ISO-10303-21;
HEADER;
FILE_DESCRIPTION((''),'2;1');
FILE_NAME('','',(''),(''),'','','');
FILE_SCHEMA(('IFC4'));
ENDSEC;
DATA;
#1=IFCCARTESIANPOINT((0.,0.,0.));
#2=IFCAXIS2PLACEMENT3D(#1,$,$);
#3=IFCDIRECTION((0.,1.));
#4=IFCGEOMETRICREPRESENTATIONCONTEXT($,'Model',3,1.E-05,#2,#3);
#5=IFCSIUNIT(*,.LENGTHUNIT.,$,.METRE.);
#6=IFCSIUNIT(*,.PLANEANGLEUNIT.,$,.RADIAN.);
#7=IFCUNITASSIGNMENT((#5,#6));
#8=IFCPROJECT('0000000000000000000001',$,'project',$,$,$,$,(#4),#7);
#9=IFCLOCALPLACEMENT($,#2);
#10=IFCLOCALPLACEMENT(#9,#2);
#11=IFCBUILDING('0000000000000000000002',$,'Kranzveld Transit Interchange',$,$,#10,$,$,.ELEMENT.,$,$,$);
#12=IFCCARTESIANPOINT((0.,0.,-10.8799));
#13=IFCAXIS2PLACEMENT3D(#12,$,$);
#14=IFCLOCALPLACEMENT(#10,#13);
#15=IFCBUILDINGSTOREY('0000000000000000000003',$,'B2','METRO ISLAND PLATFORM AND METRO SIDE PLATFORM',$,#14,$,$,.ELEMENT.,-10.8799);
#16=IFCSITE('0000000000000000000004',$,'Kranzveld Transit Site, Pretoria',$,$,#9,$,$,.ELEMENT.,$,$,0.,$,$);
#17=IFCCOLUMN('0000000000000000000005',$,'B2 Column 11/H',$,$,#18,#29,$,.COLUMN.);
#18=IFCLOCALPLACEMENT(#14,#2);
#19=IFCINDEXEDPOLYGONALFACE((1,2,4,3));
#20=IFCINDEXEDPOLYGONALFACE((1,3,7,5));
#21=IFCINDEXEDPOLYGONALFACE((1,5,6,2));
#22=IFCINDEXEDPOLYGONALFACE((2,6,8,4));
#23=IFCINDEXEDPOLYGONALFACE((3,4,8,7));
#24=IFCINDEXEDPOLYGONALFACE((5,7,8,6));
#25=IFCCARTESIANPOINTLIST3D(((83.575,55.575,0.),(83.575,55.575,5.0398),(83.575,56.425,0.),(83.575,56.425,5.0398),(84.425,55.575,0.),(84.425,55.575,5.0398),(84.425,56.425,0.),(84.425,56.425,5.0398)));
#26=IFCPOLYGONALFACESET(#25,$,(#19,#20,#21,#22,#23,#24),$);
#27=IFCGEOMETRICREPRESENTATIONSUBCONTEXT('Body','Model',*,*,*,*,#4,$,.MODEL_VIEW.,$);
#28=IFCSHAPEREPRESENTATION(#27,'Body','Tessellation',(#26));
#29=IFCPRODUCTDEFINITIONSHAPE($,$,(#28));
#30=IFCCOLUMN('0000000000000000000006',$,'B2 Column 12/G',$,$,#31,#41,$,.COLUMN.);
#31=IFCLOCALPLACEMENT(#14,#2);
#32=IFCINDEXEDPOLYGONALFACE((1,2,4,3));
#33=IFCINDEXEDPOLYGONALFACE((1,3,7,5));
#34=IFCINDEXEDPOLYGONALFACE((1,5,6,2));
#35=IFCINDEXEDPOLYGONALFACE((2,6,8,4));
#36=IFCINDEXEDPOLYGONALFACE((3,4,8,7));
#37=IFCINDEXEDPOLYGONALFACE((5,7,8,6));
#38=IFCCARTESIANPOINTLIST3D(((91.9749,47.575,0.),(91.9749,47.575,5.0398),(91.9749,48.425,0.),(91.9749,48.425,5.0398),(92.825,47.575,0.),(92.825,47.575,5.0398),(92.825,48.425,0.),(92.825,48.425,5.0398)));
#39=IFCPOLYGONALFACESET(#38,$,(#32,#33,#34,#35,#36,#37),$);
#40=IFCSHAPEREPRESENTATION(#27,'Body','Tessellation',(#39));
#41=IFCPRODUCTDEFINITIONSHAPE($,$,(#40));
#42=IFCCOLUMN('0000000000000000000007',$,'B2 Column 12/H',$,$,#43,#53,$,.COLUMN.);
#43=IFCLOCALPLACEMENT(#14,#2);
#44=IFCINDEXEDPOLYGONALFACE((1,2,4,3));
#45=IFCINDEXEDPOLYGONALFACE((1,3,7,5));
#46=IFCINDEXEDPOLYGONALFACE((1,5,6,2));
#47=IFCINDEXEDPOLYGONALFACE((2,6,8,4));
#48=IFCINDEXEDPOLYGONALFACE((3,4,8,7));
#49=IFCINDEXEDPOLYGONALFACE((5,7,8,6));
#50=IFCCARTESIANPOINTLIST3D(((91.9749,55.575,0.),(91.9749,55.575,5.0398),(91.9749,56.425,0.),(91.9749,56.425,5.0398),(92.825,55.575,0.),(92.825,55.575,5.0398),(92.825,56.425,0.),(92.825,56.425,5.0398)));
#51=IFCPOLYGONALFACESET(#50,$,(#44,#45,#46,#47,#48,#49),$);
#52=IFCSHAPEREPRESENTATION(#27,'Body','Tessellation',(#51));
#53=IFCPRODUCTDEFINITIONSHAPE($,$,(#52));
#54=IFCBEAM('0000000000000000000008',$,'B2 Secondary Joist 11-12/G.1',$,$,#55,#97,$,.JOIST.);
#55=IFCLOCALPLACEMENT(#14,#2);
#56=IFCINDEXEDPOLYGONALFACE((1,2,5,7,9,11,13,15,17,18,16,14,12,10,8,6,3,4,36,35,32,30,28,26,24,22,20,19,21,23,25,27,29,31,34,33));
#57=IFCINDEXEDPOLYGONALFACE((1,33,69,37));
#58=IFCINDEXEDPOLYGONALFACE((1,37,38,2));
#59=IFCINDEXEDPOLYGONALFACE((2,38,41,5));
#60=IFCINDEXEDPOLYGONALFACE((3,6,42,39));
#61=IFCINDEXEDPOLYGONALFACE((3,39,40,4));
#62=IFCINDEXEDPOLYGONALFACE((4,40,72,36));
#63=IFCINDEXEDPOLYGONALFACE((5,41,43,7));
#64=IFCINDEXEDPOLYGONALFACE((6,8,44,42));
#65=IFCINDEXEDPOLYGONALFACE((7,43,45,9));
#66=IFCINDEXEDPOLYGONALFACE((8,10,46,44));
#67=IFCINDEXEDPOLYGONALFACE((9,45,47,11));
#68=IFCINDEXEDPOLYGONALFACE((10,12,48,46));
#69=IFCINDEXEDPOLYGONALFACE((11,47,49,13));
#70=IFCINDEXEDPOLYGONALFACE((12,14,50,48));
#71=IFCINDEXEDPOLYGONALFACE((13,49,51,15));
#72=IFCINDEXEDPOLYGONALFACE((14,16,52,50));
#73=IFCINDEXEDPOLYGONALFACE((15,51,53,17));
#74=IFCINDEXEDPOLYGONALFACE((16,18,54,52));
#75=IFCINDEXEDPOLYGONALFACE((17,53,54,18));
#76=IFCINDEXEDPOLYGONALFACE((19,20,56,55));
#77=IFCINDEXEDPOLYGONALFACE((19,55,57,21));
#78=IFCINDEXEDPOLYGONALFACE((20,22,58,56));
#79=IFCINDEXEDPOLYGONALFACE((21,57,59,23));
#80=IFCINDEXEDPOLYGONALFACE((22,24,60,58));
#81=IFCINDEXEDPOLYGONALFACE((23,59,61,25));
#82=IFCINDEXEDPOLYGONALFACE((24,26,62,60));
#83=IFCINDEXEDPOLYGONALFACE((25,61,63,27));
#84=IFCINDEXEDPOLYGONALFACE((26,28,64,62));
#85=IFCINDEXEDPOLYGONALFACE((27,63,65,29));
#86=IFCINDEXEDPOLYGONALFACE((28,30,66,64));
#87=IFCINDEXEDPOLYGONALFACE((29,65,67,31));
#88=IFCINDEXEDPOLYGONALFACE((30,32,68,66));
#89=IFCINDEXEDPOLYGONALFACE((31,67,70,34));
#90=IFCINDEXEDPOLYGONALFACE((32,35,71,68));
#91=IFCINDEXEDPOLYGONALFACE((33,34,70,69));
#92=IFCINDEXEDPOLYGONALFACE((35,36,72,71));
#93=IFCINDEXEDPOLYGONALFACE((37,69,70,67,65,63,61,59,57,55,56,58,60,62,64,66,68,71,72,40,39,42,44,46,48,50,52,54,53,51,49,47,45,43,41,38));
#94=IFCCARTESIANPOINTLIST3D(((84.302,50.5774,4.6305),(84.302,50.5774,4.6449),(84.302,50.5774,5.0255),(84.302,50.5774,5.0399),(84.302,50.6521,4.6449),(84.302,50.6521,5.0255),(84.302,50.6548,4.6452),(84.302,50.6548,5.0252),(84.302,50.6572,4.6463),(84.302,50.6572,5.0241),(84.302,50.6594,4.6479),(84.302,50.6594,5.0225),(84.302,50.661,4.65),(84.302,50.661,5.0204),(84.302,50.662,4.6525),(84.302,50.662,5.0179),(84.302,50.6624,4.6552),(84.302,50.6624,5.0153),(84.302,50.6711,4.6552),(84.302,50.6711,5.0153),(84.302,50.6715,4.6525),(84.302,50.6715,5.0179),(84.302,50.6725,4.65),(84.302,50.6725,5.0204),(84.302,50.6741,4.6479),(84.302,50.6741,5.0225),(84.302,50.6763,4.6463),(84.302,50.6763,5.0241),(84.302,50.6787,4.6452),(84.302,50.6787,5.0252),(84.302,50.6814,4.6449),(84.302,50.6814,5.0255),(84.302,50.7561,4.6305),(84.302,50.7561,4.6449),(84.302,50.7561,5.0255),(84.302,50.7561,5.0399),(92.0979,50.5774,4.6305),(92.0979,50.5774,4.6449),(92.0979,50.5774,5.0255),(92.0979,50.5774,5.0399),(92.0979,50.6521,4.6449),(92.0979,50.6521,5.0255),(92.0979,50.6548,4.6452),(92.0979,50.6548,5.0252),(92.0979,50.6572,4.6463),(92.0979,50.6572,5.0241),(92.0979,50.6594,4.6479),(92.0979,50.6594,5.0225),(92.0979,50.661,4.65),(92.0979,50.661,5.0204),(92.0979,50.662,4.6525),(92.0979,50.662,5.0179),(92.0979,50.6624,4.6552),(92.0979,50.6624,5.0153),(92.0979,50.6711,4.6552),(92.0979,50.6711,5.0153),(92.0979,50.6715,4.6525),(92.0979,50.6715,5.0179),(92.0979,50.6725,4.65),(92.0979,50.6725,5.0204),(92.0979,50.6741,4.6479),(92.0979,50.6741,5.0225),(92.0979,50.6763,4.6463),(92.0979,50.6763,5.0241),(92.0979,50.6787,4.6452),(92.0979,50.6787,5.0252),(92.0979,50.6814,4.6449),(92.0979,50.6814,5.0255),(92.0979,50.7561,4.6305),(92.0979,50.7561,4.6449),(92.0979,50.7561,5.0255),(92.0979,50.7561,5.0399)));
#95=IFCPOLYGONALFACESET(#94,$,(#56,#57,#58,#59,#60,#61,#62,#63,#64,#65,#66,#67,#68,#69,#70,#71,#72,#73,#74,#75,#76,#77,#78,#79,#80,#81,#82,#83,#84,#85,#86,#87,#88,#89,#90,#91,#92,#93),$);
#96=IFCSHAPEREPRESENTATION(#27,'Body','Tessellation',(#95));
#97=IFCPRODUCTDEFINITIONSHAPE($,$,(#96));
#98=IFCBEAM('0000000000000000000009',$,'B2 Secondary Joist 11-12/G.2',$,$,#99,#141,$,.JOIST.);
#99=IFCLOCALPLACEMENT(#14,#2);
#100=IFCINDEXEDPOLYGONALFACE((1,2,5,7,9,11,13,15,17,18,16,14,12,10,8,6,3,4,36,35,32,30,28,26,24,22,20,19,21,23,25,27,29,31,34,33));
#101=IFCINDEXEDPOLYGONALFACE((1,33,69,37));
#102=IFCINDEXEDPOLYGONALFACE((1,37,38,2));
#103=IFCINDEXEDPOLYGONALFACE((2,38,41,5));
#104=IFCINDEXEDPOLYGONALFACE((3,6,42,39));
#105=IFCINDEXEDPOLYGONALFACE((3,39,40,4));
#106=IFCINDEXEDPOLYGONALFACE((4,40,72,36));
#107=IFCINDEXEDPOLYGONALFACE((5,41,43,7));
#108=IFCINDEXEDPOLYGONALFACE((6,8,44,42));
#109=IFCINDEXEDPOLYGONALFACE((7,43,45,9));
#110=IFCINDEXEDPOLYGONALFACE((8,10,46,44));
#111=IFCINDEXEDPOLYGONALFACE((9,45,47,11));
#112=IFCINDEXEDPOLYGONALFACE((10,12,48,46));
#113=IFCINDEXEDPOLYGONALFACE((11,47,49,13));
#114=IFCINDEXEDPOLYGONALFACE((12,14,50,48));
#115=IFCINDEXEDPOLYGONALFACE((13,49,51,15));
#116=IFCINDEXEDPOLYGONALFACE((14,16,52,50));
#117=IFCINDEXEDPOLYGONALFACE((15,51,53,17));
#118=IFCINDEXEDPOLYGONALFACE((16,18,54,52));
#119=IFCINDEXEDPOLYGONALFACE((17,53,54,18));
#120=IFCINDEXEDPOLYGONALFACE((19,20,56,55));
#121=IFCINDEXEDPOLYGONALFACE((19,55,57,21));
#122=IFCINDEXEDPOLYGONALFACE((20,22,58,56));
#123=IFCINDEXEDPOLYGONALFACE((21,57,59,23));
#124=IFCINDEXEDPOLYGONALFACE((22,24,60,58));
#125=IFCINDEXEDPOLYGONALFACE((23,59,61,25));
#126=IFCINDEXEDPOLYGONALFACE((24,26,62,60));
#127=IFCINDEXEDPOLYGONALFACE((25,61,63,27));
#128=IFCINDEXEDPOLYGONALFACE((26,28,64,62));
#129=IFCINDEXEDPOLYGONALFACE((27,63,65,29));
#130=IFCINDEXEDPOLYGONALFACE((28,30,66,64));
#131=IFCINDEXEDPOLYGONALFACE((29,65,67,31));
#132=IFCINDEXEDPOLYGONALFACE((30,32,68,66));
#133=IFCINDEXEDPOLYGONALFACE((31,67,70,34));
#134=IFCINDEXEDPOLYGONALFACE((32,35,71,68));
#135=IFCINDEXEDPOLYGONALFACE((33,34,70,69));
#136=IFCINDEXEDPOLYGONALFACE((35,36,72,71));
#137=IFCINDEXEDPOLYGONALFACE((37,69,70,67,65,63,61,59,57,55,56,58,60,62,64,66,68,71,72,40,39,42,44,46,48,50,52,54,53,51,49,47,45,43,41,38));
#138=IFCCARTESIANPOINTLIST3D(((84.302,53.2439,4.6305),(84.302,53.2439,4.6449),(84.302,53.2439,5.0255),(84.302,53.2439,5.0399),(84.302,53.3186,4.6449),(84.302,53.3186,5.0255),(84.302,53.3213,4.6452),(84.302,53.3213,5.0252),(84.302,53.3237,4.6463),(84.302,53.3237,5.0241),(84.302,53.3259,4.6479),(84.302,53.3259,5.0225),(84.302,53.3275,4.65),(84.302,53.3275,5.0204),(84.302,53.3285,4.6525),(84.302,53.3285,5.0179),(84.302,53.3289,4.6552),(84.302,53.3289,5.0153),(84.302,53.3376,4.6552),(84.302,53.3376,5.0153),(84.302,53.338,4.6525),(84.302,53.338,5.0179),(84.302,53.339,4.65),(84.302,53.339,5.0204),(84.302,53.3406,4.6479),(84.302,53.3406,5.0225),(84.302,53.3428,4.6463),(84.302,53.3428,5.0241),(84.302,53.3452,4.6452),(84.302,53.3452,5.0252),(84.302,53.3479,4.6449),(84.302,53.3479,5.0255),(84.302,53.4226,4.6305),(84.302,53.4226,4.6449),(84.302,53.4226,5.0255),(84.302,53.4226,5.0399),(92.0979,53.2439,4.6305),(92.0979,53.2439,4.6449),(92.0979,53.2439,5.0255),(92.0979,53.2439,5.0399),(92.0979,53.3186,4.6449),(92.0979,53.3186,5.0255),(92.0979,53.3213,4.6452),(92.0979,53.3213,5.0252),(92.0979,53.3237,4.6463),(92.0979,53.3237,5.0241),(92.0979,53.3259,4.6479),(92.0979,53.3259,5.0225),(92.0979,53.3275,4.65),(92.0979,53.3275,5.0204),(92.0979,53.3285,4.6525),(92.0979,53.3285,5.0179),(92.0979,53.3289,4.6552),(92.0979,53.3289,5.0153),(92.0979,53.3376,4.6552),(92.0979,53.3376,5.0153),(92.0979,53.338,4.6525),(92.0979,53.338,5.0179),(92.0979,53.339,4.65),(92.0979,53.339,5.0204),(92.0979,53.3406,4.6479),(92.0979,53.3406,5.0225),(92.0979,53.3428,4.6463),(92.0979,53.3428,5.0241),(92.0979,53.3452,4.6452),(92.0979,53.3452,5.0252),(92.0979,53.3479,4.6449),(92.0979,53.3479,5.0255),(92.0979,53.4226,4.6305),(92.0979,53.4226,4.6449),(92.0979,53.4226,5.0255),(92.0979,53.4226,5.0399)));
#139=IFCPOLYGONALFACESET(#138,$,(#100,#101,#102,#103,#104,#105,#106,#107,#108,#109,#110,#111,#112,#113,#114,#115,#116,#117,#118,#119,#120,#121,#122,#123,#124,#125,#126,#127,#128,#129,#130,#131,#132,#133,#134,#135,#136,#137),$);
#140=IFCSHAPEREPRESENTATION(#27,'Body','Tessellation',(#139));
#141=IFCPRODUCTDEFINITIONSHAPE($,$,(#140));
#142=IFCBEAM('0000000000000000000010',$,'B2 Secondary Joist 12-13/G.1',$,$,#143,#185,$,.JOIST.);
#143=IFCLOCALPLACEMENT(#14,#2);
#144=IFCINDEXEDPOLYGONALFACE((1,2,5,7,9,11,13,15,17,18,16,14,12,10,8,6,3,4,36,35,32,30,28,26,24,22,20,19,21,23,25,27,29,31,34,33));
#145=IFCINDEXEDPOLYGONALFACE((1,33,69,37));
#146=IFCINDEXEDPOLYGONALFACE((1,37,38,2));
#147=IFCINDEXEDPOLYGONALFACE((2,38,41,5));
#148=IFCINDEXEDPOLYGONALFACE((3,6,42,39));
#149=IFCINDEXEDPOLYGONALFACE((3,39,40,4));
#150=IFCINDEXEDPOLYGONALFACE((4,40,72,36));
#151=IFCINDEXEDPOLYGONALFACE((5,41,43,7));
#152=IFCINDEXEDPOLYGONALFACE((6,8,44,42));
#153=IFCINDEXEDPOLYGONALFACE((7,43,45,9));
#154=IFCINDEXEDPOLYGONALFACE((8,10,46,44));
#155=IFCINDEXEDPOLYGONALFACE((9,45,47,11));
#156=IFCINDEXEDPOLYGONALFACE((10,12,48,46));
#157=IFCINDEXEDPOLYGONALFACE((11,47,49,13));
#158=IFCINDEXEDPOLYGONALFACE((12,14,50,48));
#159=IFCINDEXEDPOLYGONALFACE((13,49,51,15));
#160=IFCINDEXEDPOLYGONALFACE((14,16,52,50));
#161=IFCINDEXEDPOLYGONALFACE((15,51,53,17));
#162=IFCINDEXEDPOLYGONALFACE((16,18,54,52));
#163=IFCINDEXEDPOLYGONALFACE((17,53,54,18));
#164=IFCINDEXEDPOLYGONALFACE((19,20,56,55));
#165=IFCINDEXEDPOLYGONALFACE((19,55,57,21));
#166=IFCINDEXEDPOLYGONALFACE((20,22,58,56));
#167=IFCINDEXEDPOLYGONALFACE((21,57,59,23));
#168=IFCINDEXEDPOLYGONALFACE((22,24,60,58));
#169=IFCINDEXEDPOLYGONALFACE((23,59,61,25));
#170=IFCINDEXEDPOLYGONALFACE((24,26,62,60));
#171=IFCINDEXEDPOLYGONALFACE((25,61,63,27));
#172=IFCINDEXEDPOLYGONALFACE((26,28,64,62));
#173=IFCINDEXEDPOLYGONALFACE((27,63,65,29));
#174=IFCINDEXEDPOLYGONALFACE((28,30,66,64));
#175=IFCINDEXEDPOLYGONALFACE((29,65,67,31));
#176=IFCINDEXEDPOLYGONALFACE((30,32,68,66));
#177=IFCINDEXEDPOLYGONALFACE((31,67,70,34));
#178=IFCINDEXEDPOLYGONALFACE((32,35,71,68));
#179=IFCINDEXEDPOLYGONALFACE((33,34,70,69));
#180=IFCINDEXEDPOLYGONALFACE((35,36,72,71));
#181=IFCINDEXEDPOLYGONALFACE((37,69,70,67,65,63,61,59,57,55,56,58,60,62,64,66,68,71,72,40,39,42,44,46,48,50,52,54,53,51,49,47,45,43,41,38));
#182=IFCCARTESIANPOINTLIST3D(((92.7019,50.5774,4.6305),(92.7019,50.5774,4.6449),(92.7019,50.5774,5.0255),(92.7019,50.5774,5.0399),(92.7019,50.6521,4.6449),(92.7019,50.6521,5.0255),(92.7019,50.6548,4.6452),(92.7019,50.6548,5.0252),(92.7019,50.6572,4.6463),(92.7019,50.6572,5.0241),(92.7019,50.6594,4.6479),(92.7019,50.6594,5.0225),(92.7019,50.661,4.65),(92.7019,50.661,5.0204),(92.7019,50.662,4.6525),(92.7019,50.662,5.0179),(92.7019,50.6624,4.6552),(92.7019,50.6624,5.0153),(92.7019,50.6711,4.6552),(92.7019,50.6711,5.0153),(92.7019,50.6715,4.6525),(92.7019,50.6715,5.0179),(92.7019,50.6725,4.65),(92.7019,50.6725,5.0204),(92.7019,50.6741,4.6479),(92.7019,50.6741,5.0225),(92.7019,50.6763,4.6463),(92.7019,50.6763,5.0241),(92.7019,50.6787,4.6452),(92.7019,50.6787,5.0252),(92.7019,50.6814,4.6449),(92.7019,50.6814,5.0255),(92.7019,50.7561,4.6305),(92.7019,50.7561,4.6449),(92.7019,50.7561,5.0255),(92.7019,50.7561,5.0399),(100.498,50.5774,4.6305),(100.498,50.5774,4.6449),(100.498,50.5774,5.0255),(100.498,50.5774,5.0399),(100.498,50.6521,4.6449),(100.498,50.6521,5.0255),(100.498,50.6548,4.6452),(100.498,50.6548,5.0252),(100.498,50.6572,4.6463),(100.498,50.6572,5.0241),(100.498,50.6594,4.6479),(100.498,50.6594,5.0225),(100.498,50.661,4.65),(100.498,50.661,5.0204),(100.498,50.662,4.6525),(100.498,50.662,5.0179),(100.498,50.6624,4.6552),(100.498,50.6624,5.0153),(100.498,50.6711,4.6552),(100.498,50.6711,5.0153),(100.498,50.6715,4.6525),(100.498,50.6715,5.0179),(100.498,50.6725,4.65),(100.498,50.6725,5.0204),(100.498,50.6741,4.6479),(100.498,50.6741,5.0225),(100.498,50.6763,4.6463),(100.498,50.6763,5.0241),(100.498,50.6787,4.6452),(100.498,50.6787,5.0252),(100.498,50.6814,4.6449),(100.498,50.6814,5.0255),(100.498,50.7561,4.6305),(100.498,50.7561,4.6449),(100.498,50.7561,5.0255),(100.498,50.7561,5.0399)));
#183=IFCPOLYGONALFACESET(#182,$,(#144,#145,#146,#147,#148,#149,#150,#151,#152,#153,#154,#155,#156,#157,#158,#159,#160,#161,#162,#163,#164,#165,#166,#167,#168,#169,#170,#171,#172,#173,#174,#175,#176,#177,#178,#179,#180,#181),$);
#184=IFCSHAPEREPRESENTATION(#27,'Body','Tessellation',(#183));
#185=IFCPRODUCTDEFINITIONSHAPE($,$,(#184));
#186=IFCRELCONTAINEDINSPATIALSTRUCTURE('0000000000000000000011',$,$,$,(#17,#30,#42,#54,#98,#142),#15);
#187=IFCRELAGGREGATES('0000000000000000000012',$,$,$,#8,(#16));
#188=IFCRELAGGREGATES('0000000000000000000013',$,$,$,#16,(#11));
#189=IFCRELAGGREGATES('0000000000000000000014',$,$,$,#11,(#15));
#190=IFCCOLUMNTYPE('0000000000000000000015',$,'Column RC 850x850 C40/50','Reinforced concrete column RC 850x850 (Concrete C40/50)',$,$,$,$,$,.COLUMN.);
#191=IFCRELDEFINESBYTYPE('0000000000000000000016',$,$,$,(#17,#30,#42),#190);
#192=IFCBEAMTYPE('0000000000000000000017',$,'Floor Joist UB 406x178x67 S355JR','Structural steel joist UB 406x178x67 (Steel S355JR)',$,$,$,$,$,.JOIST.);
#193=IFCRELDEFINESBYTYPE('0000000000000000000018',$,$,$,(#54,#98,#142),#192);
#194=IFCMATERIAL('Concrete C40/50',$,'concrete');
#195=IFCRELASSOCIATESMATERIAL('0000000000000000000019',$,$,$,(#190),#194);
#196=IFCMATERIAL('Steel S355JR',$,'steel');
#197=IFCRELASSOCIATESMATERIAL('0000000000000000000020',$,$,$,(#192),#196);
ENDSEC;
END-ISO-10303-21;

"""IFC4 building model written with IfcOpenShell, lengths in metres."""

from ifc_helpers import new_model, si_unit, direction, frame, origin, origin_2d, place, context, subcontext, project, spatial, rectangle, i_section, extrude, material, material_profile, profile_set, type_object, element, save


model = new_model("IFC4")

# Units and contexts
model_context = context("Model", 3, precision=1e-05, world=origin(), true_north=direction((0.0, 1.0)))
body_context = subcontext(model_context, "Body", "Model", "MODEL_VIEW")
ifc_project = project(units=[si_unit("LENGTHUNIT", "METRE"), si_unit("PLANEANGLEUNIT", "RADIAN")], contexts=[model_context])

# Site, building, storey
site_placement = place(None, origin())
site = spatial("IfcSite", under=ifc_project, at=site_placement, Name="Kranzveld Transit Site, Pretoria", CompositionType="ELEMENT", RefElevation=0.0)
building_placement = place(site_placement, origin())
building = spatial("IfcBuilding", under=site, at=building_placement, Name="Kranzveld Transit Interchange", CompositionType="ELEMENT")
storey_placement = place(building_placement, frame((0.0, 0.0, -10.8799)))
storey = spatial("IfcBuildingStorey", under=building, at=storey_placement, Name="B2", Description="METRO ISLAND PLATFORM AND METRO SIDE PLATFORM", CompositionType="ELEMENT", Elevation=-10.8799)

# Columns
ifc_material_1 = material(Name="Concrete C40/50", Category="concrete")
ifc_material_profile_1 = material_profile(ifc_material_1, rectangle(XDim=0.8501, YDim=0.8501, at=origin_2d()), Name="RC 850x850")
ifc_profile_set_1 = profile_set([ifc_material_profile_1], Name="Concrete C40/50")
column_type = type_object("IfcColumnType", Name="Column RC 850x850 C40/50", Description="Reinforced concrete column RC 850x850 (Concrete C40/50)", PredefinedType="COLUMN", material=ifc_profile_set_1)
for number, where, z_axis, x_axis, name in (
    (1, (84.0, 56.0, 0.0), (0.0, 0.0, 1.0), (1.0, 0.0, 0.0), "B2 Column 11/H"),
    (2, (92.3999, 48.0, 0.0), (0.0, 0.0, 1.0), (1.0, 0.0, 0.0), "B2 Column 12/G"),
    (3, (92.3999, 56.0, 0.0), (0.0, 0.0, 1.0), (1.0, 0.0, 0.0), "B2 Column 12/H"),
):
    element("IfcColumn", number, at=place(storey_placement, frame(where, z_axis=z_axis, x_axis=x_axis)), inside=storey, type_object=column_type, Name=name, PredefinedType="COLUMN", context=body_context, shape_type="SweptSolid", body=[
        extrude(rectangle(XDim=0.8501, YDim=0.8501, at=origin_2d()), origin(), (0.0, 0.0, 1.0), 5.0398),
    ])

# Beams
ifc_material_2 = material(Name="Steel S355JR", Category="steel")
ifc_material_profile_2 = material_profile(ifc_material_2, i_section(OverallWidth=0.1787, OverallDepth=0.4094, WebThickness=0.0088, FlangeThickness=0.0144, FilletRadius=0.0103, at=origin_2d()), Name="UB 406x178x67")
ifc_profile_set_2 = profile_set([ifc_material_profile_2], Name="Steel S355JR")
beam_type_1 = type_object("IfcBeamType", Name="Floor Joist UB 406x178x67 S355JR", Description="Structural steel joist UB 406x178x67 (Steel S355JR)", PredefinedType="JOIST", material=ifc_profile_set_2)
for number, where, z_axis, x_axis, name in (
    (4, (84.302, 50.6667, 4.8352), (1.0, 0.0, 0.0), (0.0, 1.0, 0.0), "B2 Secondary Joist 11-12/G.1"),
    (5, (84.302, 53.3333, 4.8352), (1.0, 0.0, 0.0), (0.0, 1.0, 0.0), "B2 Secondary Joist 11-12/G.2"),
):
    element("IfcBeam", number, at=place(storey_placement, frame(where, z_axis=z_axis, x_axis=x_axis)), inside=storey, type_object=beam_type_1, Name=name, PredefinedType="JOIST", context=body_context, shape_type="SweptSolid", body=[
        extrude(i_section(OverallWidth=0.1787, OverallDepth=0.4094, WebThickness=0.0088, FlangeThickness=0.0144, FilletRadius=0.0103, at=origin_2d()), origin(), (0.0, 0.0, 1.0), 7.7959),
    ])
for number, where, z_axis, x_axis, name in (
    (6, (92.7019, 50.6667, 4.8352), (1.0, 0.0, 0.0), (0.0, 1.0, 0.0), "B2 Secondary Joist 12-13/G.1"),
):
    element("IfcBeam", number, at=place(storey_placement, frame(where, z_axis=z_axis, x_axis=x_axis)), inside=storey, type_object=beam_type_1, Name=name, PredefinedType="JOIST", context=body_context, shape_type="SweptSolid", body=[
        extrude(i_section(OverallWidth=0.1787, OverallDepth=0.4094, WebThickness=0.0088, FlangeThickness=0.0144, FilletRadius=0.0103, at=origin_2d()), origin(), (0.0, 0.0, 1.0), 7.7961),
    ])

save(model, "model.ifc")
